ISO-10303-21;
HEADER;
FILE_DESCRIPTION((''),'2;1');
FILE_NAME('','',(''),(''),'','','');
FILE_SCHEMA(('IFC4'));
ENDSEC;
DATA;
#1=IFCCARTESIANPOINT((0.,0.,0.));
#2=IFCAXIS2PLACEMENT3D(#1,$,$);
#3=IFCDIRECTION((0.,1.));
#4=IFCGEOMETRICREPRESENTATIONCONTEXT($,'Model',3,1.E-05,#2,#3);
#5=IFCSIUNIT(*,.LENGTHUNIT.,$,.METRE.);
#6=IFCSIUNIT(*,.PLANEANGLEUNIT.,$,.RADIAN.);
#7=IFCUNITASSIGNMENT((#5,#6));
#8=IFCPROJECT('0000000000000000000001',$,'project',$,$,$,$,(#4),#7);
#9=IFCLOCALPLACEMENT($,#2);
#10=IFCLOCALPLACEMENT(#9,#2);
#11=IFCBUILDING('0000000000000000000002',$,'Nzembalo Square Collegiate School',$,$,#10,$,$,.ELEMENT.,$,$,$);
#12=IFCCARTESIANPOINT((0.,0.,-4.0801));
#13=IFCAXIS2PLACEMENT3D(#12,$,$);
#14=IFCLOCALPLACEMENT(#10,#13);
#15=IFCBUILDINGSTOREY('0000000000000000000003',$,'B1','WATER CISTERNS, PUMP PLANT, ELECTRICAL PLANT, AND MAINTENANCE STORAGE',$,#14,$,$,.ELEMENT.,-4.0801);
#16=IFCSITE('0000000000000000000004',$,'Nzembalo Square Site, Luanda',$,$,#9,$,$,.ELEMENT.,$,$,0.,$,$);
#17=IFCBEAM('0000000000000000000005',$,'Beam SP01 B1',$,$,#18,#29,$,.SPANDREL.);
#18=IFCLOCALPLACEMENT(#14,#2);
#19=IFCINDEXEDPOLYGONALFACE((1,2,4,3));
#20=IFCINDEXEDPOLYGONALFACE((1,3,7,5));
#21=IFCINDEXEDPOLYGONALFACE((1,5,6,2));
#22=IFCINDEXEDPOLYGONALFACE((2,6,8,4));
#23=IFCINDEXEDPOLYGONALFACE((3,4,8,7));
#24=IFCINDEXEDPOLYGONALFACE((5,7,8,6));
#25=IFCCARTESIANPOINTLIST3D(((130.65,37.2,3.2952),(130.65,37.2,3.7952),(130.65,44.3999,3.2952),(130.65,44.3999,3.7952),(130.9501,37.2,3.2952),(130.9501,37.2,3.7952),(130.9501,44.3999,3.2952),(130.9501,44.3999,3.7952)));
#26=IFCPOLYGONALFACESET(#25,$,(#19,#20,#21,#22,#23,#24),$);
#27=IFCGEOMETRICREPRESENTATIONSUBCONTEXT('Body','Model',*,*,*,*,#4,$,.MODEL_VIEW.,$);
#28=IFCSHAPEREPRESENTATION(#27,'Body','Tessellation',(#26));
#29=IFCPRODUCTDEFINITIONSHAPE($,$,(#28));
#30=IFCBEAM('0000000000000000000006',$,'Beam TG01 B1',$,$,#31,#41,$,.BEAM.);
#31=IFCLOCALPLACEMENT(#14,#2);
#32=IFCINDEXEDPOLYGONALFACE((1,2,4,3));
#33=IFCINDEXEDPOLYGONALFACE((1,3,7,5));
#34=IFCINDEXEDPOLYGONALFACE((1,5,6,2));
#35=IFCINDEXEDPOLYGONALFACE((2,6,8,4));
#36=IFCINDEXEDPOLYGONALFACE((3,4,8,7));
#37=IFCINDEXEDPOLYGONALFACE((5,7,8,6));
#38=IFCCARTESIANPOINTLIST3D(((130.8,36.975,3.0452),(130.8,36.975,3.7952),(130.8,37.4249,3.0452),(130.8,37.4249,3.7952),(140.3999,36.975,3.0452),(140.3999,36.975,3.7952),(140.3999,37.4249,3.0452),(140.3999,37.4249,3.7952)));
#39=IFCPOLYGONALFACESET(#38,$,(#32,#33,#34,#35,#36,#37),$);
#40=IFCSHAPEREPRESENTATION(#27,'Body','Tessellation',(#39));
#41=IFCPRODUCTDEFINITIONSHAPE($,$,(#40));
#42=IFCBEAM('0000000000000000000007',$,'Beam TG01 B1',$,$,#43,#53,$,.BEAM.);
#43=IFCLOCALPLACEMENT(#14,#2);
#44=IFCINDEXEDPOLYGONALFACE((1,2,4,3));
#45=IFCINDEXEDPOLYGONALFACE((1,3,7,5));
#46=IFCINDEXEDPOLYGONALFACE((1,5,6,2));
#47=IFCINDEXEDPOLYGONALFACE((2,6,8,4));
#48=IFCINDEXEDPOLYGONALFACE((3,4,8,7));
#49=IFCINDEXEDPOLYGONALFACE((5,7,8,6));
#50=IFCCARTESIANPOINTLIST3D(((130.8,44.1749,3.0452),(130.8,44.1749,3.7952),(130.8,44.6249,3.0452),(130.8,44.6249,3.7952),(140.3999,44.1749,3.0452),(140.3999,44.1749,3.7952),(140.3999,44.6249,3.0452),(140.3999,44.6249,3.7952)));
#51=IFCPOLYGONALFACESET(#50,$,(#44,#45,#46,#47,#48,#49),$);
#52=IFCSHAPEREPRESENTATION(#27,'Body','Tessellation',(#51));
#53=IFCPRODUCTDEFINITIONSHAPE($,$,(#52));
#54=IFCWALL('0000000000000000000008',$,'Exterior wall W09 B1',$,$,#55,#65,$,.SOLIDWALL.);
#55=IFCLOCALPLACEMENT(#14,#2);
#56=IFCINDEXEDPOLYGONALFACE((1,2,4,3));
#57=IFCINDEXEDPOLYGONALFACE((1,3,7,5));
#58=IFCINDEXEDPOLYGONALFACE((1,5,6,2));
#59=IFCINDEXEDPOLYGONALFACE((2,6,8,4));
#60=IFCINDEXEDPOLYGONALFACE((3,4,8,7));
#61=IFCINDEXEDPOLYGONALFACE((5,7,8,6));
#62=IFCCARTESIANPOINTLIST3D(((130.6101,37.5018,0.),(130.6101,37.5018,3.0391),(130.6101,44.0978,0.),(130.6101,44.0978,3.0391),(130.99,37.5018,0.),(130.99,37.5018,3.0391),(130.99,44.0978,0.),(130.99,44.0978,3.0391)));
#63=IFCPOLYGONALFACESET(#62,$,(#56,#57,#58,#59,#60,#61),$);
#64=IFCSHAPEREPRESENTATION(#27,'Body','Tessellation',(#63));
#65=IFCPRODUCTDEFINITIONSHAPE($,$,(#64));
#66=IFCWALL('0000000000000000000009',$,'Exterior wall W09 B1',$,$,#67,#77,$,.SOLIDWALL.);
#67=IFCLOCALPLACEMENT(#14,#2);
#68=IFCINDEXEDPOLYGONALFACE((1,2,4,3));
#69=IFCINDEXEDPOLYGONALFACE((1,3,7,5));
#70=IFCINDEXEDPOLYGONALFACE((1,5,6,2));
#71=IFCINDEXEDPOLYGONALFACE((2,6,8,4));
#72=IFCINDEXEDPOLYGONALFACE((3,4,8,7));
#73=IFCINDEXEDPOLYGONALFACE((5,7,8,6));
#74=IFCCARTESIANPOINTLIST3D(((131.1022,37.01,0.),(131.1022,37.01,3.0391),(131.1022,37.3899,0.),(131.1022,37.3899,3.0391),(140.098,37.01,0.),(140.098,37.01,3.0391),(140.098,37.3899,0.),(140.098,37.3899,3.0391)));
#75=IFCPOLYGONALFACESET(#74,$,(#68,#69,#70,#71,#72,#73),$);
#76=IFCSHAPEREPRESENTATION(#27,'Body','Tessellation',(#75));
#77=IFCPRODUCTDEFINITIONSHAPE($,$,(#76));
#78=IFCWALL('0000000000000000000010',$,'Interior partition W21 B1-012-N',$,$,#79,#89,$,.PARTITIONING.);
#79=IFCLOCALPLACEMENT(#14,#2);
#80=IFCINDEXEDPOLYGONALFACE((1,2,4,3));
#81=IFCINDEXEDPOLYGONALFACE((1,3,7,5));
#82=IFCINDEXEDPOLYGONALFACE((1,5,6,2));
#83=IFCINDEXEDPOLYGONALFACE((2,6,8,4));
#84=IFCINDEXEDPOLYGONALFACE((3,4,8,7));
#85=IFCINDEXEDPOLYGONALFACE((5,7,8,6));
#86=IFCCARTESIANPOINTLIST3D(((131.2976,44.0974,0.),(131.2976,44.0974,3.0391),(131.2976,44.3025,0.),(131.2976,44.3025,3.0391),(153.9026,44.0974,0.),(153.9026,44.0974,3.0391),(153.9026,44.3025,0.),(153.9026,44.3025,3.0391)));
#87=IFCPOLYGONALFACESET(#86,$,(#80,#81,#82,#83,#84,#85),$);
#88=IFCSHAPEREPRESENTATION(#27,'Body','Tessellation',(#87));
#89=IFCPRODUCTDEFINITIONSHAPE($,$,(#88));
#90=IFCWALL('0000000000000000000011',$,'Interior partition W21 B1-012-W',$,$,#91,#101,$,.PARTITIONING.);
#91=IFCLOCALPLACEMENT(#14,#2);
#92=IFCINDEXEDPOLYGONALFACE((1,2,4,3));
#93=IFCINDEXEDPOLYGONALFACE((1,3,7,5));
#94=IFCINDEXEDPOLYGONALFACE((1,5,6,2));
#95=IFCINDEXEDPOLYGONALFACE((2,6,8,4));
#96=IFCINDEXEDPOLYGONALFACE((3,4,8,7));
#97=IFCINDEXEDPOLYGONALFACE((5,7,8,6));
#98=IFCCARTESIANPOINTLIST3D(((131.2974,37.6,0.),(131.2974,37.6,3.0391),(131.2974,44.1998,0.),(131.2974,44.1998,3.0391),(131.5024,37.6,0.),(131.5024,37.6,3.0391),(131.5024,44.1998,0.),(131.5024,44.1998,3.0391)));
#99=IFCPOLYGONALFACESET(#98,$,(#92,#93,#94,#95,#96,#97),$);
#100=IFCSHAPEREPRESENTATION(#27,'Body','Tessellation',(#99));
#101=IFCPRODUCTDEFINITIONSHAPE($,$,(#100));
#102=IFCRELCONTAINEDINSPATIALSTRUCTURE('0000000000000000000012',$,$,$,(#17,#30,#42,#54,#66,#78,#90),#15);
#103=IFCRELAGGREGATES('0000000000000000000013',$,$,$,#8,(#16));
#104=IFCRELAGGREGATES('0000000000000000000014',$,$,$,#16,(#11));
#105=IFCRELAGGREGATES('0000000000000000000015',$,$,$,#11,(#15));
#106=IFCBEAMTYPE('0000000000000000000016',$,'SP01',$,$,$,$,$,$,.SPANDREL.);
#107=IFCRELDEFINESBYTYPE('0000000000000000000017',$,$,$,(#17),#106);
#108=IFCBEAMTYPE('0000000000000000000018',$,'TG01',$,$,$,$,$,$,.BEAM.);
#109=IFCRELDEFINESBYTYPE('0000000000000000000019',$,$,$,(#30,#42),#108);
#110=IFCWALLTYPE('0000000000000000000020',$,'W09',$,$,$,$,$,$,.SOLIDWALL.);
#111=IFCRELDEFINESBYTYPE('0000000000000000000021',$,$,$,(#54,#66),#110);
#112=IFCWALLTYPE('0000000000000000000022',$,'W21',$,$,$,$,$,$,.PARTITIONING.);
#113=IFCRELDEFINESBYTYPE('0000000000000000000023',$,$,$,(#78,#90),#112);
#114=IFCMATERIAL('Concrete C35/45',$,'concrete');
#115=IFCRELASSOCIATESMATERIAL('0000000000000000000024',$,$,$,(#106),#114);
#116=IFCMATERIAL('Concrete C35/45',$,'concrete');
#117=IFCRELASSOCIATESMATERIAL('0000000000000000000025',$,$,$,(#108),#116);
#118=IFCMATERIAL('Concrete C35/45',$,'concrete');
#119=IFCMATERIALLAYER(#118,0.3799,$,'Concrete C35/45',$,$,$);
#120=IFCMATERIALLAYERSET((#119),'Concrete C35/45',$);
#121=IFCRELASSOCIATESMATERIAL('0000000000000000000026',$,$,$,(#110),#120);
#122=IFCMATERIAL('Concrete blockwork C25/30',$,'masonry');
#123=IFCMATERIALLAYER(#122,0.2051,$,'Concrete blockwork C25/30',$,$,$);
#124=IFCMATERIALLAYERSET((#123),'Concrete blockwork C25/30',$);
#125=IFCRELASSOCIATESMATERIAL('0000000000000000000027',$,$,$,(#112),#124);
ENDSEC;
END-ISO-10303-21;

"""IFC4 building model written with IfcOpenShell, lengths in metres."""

from ifc_helpers import new_model, si_unit, direction, frame, frame_2d, origin, origin_2d, place, context, subcontext, project, spatial, rectangle, extrude, material, layer, layer_set, material_profile, profile_set, type_object, element, save


model = new_model("IFC4")

# Units and contexts
model_context = context("Model", 3, precision=1e-05, world=origin(), true_north=direction((0.0, 1.0)))
body_context = subcontext(model_context, "Body", "Model", "MODEL_VIEW")
ifc_project = project(units=[si_unit("LENGTHUNIT", "METRE"), si_unit("PLANEANGLEUNIT", "RADIAN")], contexts=[model_context])

# Site, building, storey
site_placement = place(None, origin())
site = spatial("IfcSite", under=ifc_project, at=site_placement, Name="Nzembalo Square Site, Luanda", CompositionType="ELEMENT", RefElevation=0.0)
building_placement = place(site_placement, origin())
building = spatial("IfcBuilding", under=site, at=building_placement, Name="Nzembalo Square Collegiate School", CompositionType="ELEMENT")
storey_placement = place(building_placement, frame((0.0, 0.0, -4.0801)))
storey = spatial("IfcBuildingStorey", under=building, at=storey_placement, Name="B1", Description="WATER CISTERNS, PUMP PLANT, ELECTRICAL PLANT, AND MAINTENANCE STORAGE", CompositionType="ELEMENT", Elevation=-4.0801)

# Beams
ifc_material_1 = material(Name="Concrete C35/45", Category="concrete")
ifc_material_profile_1 = material_profile(ifc_material_1, rectangle(XDim=0.3, YDim=0.5, at=origin_2d()), Name="RC 300x500")
ifc_profile_set_1 = profile_set([ifc_material_profile_1], Name="Concrete C35/45")
beam_type_1 = type_object("IfcBeamType", Name="SP01", PredefinedType="SPANDREL", material=ifc_profile_set_1)
beam_placement = place(storey_placement, frame((130.8, 37.2, 3.5452), z_axis=(0.0, 1.0, 0.0), x_axis=(-1.0, 0.0, 0.0)))
element("IfcBeam", 1, at=beam_placement, inside=storey, type_object=beam_type_1, Name="Beam SP01 B1", PredefinedType="SPANDREL", context=body_context, shape_type="SweptSolid", body=[
    extrude(rectangle(XDim=0.3, YDim=0.5, at=origin_2d()), origin(), (0.0, 0.0, 1.0), 7.2),
])
ifc_material_2 = material(Name="Concrete C35/45", Category="concrete")
ifc_material_profile_2 = material_profile(ifc_material_2, rectangle(XDim=0.45, YDim=0.75, at=origin_2d()), Name="RC 450x750")
ifc_profile_set_2 = profile_set([ifc_material_profile_2], Name="Concrete C35/45")
beam_type_2 = type_object("IfcBeamType", Name="TG01", PredefinedType="BEAM", material=ifc_profile_set_2)
for number, where, z_axis, x_axis, name in (
    (2, (130.8, 37.2, 3.4202), (1.0, 0.0, 0.0), (0.0, 1.0, 0.0), "Beam TG01 B1"),
    (3, (130.8, 44.3999, 3.4202), (1.0, 0.0, 0.0), (0.0, 1.0, 0.0), "Beam TG01 B1"),
):
    element("IfcBeam", number, at=place(storey_placement, frame(where, z_axis=z_axis, x_axis=x_axis)), inside=storey, type_object=beam_type_2, Name=name, PredefinedType="BEAM", context=body_context, shape_type="SweptSolid", body=[
        extrude(rectangle(XDim=0.45, YDim=0.75, at=origin_2d()), origin(), (0.0, 0.0, 1.0), 9.5999),
    ])

# Walls
ifc_material_3 = material(Name="Concrete C35/45", Category="concrete")
ifc_layer_1 = layer(ifc_material_3, 0.3799, Name="Concrete C35/45")
ifc_layer_set_1 = layer_set([ifc_layer_1], Name="Concrete C35/45")
wall_type_1 = type_object("IfcWallType", Name="W09", PredefinedType="SOLIDWALL", material=ifc_layer_set_1)
wall_1_placement = place(storey_placement, frame((130.8, 37.502, 0.0), z_axis=(0.0, 0.0, 1.0), x_axis=(0.0, 1.0, 0.0)))
element("IfcWall", 4, at=wall_1_placement, inside=storey, type_object=wall_type_1, Name="Exterior wall W09 B1", PredefinedType="SOLIDWALL", context=body_context, shape_type="SweptSolid", body=[
    extrude(rectangle(XDim=6.5959, YDim=0.3799, at=frame_2d((3.2979, 0.0))), origin(), (0.0, 0.0, 1.0), 3.0391),
])
wall_2_placement = place(storey_placement, frame((131.1021, 37.2, 0.0), z_axis=(0.0, 0.0, 1.0), x_axis=(1.0, 0.0, 0.0)))
element("IfcWall", 5, at=wall_2_placement, inside=storey, type_object=wall_type_1, Name="Exterior wall W09 B1", PredefinedType="SOLIDWALL", context=body_context, shape_type="SweptSolid", body=[
    extrude(rectangle(XDim=8.9958, YDim=0.3799, at=frame_2d((4.498, 0.0))), origin(), (0.0, 0.0, 1.0), 3.0391),
])
ifc_material_4 = material(Name="Concrete blockwork C25/30", Category="masonry")
ifc_layer_2 = layer(ifc_material_4, 0.2051, Name="Concrete blockwork C25/30")
ifc_layer_set_2 = layer_set([ifc_layer_2], Name="Concrete blockwork C25/30")
wall_type_2 = type_object("IfcWallType", Name="W21", PredefinedType="PARTITIONING", material=ifc_layer_set_2)
wall_3_placement = place(storey_placement, frame((131.2976, 44.2, 0.0), z_axis=(0.0, 0.0, 1.0), x_axis=(1.0, 0.0, 0.0)))
element("IfcWall", 6, at=wall_3_placement, inside=storey, type_object=wall_type_2, Name="Interior partition W21 B1-012-N", PredefinedType="PARTITIONING", context=body_context, shape_type="SweptSolid", body=[
    extrude(rectangle(XDim=22.605, YDim=0.2051, at=frame_2d((11.3025, 0.0))), origin(), (0.0, 0.0, 1.0), 3.0391),
])
wall_4_placement = place(storey_placement, frame((131.3999, 37.6001, 0.0), z_axis=(0.0, 0.0, 1.0), x_axis=(0.0, 1.0, 0.0)))
element("IfcWall", 7, at=wall_4_placement, inside=storey, type_object=wall_type_2, Name="Interior partition W21 B1-012-W", PredefinedType="PARTITIONING", context=body_context, shape_type="SweptSolid", body=[
    extrude(rectangle(XDim=6.5999, YDim=0.2051, at=frame_2d((3.2998, 0.0))), origin(), (0.0, 0.0, 1.0), 3.0391),
])

save(model, "model.ifc")
